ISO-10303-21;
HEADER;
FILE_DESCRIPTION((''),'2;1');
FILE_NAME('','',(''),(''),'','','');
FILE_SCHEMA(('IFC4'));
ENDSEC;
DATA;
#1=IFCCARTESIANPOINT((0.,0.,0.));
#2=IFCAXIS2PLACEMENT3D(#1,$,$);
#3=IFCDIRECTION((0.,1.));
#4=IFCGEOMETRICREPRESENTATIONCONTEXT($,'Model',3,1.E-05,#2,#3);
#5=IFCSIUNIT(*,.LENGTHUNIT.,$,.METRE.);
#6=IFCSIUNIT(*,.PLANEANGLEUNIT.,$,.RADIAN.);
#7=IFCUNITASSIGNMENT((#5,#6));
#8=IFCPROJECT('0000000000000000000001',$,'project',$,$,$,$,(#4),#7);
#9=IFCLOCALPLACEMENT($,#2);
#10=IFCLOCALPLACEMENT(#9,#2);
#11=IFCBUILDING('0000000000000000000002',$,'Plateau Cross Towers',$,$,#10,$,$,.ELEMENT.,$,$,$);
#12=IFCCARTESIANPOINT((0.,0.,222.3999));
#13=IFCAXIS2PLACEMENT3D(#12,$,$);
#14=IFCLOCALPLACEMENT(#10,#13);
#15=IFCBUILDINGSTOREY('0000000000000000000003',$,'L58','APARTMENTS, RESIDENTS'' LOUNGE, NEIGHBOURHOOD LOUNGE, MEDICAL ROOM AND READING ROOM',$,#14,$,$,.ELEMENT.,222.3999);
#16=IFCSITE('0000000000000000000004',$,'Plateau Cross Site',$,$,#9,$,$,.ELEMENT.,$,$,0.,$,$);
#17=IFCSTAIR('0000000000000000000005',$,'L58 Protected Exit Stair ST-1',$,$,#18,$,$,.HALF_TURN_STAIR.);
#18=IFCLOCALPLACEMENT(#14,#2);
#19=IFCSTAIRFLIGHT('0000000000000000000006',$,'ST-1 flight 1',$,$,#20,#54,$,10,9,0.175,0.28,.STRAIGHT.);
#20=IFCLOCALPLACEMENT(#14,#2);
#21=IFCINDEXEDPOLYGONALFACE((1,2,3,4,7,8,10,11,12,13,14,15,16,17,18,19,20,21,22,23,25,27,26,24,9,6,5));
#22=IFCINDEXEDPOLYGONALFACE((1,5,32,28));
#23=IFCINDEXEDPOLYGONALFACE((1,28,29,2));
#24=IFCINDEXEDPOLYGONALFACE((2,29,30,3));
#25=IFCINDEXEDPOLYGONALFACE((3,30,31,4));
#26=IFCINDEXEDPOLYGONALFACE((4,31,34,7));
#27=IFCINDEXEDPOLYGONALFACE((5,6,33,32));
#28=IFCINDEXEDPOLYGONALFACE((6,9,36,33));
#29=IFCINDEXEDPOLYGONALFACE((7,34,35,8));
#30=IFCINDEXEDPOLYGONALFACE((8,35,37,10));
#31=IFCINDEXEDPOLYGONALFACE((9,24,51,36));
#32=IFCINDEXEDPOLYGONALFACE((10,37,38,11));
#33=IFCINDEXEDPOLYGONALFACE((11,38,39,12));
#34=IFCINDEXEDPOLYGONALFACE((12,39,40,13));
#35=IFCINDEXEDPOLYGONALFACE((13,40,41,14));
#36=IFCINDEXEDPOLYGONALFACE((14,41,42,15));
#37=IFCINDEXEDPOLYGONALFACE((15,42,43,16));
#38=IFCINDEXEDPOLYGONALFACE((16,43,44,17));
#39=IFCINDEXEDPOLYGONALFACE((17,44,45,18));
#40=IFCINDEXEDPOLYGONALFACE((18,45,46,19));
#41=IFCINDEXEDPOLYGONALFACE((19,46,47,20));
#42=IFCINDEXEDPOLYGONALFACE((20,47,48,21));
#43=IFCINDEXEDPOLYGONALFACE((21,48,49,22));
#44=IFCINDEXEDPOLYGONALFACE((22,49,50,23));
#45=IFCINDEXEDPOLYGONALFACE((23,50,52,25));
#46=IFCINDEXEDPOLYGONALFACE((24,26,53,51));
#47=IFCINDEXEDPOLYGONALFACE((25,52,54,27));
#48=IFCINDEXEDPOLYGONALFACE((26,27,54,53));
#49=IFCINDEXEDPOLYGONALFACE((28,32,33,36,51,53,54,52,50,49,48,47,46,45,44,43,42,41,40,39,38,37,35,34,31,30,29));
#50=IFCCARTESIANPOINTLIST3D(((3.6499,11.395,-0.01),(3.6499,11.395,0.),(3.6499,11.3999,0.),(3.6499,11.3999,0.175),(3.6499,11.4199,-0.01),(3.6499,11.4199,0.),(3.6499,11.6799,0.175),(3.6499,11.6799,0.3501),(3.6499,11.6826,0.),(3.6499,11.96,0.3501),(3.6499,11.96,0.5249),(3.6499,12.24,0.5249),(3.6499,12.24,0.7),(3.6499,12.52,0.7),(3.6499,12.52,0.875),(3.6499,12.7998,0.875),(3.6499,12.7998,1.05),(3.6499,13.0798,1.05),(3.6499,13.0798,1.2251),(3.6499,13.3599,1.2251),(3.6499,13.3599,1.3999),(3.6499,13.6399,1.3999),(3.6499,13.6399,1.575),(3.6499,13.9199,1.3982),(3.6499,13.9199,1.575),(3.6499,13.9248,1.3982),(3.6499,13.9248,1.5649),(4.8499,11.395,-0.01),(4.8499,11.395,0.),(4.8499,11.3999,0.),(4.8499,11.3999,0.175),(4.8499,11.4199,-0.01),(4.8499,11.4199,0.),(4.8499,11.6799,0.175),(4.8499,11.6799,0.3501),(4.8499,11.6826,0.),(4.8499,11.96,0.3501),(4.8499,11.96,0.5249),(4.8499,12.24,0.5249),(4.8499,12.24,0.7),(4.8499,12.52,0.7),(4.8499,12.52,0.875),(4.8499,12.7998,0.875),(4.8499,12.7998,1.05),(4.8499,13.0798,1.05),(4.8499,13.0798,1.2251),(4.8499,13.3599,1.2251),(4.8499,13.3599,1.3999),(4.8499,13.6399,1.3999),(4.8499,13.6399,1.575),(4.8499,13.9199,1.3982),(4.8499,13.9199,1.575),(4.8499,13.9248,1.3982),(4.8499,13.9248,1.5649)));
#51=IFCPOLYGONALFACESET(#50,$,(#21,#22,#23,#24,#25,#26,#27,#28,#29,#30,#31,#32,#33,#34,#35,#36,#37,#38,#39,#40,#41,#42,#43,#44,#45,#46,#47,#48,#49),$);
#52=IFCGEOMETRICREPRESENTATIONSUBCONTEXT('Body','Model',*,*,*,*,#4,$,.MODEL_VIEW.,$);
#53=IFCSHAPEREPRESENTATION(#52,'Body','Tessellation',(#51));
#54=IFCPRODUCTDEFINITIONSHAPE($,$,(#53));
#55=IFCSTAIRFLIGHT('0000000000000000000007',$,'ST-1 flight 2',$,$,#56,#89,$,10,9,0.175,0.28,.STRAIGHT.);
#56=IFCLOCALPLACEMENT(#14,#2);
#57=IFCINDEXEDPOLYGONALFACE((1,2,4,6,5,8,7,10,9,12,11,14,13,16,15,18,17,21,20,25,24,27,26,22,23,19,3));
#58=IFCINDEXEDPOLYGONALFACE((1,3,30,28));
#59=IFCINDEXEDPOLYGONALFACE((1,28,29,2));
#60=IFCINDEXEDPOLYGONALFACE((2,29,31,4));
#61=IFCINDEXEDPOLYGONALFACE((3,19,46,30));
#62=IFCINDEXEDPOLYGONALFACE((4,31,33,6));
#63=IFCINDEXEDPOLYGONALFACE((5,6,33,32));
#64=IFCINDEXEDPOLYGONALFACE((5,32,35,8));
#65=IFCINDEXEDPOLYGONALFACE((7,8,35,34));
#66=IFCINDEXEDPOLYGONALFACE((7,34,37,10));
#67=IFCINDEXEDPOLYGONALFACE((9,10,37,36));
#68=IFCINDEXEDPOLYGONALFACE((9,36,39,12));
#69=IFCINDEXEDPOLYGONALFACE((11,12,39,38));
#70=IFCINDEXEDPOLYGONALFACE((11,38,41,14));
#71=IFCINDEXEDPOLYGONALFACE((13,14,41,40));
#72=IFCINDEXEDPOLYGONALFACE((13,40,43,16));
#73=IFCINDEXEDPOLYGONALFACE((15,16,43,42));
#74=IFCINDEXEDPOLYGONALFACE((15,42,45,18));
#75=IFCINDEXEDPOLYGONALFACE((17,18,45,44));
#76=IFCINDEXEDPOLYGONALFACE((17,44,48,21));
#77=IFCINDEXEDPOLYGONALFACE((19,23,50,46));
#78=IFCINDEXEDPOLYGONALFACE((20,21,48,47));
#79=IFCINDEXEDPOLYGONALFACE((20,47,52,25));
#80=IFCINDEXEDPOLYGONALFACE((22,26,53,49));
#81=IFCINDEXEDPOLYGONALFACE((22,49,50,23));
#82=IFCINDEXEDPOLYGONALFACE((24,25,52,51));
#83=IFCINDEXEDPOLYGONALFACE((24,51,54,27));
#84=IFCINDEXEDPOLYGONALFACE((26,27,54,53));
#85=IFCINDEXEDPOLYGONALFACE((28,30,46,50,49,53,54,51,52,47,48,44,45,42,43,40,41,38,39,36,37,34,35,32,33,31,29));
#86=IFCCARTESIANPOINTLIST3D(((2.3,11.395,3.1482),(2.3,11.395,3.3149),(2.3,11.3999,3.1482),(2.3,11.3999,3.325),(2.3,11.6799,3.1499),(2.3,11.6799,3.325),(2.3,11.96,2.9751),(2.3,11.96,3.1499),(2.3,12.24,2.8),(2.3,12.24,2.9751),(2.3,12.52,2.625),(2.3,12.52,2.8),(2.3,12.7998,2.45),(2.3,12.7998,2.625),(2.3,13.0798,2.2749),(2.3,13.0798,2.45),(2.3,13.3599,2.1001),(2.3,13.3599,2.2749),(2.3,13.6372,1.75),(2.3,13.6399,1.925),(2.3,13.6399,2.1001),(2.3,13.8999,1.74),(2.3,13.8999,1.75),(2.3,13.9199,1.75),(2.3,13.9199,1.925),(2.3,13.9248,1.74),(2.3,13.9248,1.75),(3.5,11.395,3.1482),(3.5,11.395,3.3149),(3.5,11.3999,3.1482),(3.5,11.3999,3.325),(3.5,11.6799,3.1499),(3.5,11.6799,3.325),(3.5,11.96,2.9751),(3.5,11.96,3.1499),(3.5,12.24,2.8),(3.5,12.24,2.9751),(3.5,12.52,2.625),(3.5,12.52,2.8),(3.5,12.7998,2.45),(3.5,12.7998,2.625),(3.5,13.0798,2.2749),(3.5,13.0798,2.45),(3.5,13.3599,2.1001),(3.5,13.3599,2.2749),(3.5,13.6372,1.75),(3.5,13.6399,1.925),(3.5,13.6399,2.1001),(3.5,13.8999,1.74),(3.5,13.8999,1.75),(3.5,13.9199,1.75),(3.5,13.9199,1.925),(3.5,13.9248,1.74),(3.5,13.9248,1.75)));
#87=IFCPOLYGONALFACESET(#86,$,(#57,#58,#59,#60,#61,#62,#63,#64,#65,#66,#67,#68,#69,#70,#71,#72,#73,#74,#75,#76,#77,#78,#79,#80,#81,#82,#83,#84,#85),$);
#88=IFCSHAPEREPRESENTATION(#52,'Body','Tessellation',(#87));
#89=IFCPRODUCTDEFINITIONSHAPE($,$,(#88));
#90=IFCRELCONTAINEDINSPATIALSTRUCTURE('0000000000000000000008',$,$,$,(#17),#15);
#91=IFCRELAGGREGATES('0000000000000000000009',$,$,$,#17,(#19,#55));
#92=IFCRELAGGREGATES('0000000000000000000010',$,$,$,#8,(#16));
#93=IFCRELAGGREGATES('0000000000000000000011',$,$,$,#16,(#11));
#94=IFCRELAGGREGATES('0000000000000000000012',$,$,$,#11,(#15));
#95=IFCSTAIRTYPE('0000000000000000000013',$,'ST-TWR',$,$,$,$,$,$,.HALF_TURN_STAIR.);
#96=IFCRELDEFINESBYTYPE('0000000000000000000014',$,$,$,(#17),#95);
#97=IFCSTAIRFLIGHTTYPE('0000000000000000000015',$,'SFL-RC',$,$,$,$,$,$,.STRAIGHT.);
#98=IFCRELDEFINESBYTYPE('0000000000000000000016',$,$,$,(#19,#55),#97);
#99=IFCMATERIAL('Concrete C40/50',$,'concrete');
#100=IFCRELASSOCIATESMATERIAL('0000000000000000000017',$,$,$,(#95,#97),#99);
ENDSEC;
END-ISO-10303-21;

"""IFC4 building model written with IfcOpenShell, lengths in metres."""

from ifc_helpers import new_model, si_unit, direction, frame, origin, place, context, subcontext, project, spatial, polyline, outline, extrude, material, type_object, element, aggregate, save


model = new_model("IFC4")

# Units and contexts
model_context = context("Model", 3, precision=1e-05, world=origin(), true_north=direction((0.0, 1.0)))
body_context = subcontext(model_context, "Body", "Model", "MODEL_VIEW")
ifc_project = project(units=[si_unit("LENGTHUNIT", "METRE"), si_unit("PLANEANGLEUNIT", "RADIAN")], contexts=[model_context])

# Site, building, storey
site_placement = place(None, origin())
site = spatial("IfcSite", under=ifc_project, at=site_placement, Name="Plateau Cross Site", CompositionType="ELEMENT", RefElevation=0.0)
building_placement = place(site_placement, origin())
building = spatial("IfcBuilding", under=site, at=building_placement, Name="Plateau Cross Towers", CompositionType="ELEMENT")
storey_placement = place(building_placement, frame((0.0, 0.0, 222.3999)))
storey = spatial("IfcBuildingStorey", under=building, at=storey_placement, Name="L58", Description="APARTMENTS, RESIDENTS' LOUNGE, NEIGHBOURHOOD LOUNGE, MEDICAL ROOM AND READING ROOM", CompositionType="ELEMENT", Elevation=222.3999)

# Stair, stair flights
ifc_material_1 = material(Name="Concrete C40/50", Category="concrete")
stair_type = type_object("IfcStairType", Name="ST-TWR", PredefinedType="HALF_TURN_STAIR", material=ifc_material_1)
stair_placement = place(storey_placement, origin())
stair = element("IfcStair", 1, at=stair_placement, inside=storey, type_object=stair_type, Name="L58 Protected Exit Stair ST-1", PredefinedType="HALF_TURN_STAIR")
stair_flight_type = type_object("IfcStairFlightType", Name="SFL-RC", PredefinedType="STRAIGHT", material=ifc_material_1)
stair_flight_1_placement = place(storey_placement, frame((4.25, 11.3999, 0.0), z_axis=(0.0, 0.0, 1.0), x_axis=(0.0, 1.0, 0.0)))
stair_flight_1 = element("IfcStairFlight", 2, at=stair_flight_1_placement, type_object=stair_flight_type, Name="ST-1 flight 1", NumberOfRisers=10, NumberOfTreads=9, PredefinedType="STRAIGHT", RiserHeight=0.175, TreadLength=0.28, context=body_context, shape_type="SweptSolid", body=[
    extrude(outline(polyline([(-0.0049, -0.01), (-0.0049, 0.0), (0.0, 0.0), (0.0, 0.175), (0.28, 0.175), (0.28, 0.3501), (0.5601, 0.3501), (0.5601, 0.5249), (0.8401, 0.5249), (0.8401, 0.7), (1.1201, 0.7), (1.1201, 0.875), (1.3999, 0.875), (1.3999, 1.05), (1.6799, 1.05), (1.6799, 1.2251), (1.96, 1.2251), (1.96, 1.3999), (2.24, 1.3999), (2.24, 1.575), (2.52, 1.575), (2.5249, 1.5649), (2.5249, 1.3982), (2.52, 1.3982), (0.2827, 0.0), (0.02, 0.0), (0.02, -0.01), (-0.0049, -0.01)])), frame((0.0, 0.6001, 0.0), z_axis=(0.0, -1.0, 0.0), x_axis=(1.0, 0.0, 0.0)), (0.0, 0.0, 1.0), 1.2),
])
stair_flight_2_placement = place(storey_placement, frame((2.8999, 13.9199, 1.75), z_axis=(0.0, 0.0, 1.0), x_axis=(0.0, -1.0, 0.0)))
stair_flight_2 = element("IfcStairFlight", 3, at=stair_flight_2_placement, type_object=stair_flight_type, Name="ST-1 flight 2", NumberOfRisers=10, NumberOfTreads=9, PredefinedType="STRAIGHT", RiserHeight=0.175, TreadLength=0.28, context=body_context, shape_type="SweptSolid", body=[
    extrude(outline(polyline([(-0.0049, -0.01), (-0.0049, 0.0), (0.0, 0.0), (0.0, 0.175), (0.28, 0.175), (0.28, 0.3501), (0.5601, 0.3501), (0.5601, 0.5249), (0.8401, 0.5249), (0.8401, 0.7), (1.1201, 0.7), (1.1201, 0.875), (1.3999, 0.875), (1.3999, 1.05), (1.6799, 1.05), (1.6799, 1.2251), (1.96, 1.2251), (1.96, 1.3999), (2.24, 1.3999), (2.24, 1.575), (2.52, 1.575), (2.5249, 1.5649), (2.5249, 1.3982), (2.52, 1.3982), (0.2827, 0.0), (0.02, 0.0), (0.02, -0.01), (-0.0049, -0.01)])), frame((0.0, 0.6001, 0.0), z_axis=(0.0, -1.0, 0.0), x_axis=(1.0, 0.0, 0.0)), (0.0, 0.0, 1.0), 1.2),
])
aggregate(stair, [stair_flight_1, stair_flight_2])

save(model, "model.ifc")
